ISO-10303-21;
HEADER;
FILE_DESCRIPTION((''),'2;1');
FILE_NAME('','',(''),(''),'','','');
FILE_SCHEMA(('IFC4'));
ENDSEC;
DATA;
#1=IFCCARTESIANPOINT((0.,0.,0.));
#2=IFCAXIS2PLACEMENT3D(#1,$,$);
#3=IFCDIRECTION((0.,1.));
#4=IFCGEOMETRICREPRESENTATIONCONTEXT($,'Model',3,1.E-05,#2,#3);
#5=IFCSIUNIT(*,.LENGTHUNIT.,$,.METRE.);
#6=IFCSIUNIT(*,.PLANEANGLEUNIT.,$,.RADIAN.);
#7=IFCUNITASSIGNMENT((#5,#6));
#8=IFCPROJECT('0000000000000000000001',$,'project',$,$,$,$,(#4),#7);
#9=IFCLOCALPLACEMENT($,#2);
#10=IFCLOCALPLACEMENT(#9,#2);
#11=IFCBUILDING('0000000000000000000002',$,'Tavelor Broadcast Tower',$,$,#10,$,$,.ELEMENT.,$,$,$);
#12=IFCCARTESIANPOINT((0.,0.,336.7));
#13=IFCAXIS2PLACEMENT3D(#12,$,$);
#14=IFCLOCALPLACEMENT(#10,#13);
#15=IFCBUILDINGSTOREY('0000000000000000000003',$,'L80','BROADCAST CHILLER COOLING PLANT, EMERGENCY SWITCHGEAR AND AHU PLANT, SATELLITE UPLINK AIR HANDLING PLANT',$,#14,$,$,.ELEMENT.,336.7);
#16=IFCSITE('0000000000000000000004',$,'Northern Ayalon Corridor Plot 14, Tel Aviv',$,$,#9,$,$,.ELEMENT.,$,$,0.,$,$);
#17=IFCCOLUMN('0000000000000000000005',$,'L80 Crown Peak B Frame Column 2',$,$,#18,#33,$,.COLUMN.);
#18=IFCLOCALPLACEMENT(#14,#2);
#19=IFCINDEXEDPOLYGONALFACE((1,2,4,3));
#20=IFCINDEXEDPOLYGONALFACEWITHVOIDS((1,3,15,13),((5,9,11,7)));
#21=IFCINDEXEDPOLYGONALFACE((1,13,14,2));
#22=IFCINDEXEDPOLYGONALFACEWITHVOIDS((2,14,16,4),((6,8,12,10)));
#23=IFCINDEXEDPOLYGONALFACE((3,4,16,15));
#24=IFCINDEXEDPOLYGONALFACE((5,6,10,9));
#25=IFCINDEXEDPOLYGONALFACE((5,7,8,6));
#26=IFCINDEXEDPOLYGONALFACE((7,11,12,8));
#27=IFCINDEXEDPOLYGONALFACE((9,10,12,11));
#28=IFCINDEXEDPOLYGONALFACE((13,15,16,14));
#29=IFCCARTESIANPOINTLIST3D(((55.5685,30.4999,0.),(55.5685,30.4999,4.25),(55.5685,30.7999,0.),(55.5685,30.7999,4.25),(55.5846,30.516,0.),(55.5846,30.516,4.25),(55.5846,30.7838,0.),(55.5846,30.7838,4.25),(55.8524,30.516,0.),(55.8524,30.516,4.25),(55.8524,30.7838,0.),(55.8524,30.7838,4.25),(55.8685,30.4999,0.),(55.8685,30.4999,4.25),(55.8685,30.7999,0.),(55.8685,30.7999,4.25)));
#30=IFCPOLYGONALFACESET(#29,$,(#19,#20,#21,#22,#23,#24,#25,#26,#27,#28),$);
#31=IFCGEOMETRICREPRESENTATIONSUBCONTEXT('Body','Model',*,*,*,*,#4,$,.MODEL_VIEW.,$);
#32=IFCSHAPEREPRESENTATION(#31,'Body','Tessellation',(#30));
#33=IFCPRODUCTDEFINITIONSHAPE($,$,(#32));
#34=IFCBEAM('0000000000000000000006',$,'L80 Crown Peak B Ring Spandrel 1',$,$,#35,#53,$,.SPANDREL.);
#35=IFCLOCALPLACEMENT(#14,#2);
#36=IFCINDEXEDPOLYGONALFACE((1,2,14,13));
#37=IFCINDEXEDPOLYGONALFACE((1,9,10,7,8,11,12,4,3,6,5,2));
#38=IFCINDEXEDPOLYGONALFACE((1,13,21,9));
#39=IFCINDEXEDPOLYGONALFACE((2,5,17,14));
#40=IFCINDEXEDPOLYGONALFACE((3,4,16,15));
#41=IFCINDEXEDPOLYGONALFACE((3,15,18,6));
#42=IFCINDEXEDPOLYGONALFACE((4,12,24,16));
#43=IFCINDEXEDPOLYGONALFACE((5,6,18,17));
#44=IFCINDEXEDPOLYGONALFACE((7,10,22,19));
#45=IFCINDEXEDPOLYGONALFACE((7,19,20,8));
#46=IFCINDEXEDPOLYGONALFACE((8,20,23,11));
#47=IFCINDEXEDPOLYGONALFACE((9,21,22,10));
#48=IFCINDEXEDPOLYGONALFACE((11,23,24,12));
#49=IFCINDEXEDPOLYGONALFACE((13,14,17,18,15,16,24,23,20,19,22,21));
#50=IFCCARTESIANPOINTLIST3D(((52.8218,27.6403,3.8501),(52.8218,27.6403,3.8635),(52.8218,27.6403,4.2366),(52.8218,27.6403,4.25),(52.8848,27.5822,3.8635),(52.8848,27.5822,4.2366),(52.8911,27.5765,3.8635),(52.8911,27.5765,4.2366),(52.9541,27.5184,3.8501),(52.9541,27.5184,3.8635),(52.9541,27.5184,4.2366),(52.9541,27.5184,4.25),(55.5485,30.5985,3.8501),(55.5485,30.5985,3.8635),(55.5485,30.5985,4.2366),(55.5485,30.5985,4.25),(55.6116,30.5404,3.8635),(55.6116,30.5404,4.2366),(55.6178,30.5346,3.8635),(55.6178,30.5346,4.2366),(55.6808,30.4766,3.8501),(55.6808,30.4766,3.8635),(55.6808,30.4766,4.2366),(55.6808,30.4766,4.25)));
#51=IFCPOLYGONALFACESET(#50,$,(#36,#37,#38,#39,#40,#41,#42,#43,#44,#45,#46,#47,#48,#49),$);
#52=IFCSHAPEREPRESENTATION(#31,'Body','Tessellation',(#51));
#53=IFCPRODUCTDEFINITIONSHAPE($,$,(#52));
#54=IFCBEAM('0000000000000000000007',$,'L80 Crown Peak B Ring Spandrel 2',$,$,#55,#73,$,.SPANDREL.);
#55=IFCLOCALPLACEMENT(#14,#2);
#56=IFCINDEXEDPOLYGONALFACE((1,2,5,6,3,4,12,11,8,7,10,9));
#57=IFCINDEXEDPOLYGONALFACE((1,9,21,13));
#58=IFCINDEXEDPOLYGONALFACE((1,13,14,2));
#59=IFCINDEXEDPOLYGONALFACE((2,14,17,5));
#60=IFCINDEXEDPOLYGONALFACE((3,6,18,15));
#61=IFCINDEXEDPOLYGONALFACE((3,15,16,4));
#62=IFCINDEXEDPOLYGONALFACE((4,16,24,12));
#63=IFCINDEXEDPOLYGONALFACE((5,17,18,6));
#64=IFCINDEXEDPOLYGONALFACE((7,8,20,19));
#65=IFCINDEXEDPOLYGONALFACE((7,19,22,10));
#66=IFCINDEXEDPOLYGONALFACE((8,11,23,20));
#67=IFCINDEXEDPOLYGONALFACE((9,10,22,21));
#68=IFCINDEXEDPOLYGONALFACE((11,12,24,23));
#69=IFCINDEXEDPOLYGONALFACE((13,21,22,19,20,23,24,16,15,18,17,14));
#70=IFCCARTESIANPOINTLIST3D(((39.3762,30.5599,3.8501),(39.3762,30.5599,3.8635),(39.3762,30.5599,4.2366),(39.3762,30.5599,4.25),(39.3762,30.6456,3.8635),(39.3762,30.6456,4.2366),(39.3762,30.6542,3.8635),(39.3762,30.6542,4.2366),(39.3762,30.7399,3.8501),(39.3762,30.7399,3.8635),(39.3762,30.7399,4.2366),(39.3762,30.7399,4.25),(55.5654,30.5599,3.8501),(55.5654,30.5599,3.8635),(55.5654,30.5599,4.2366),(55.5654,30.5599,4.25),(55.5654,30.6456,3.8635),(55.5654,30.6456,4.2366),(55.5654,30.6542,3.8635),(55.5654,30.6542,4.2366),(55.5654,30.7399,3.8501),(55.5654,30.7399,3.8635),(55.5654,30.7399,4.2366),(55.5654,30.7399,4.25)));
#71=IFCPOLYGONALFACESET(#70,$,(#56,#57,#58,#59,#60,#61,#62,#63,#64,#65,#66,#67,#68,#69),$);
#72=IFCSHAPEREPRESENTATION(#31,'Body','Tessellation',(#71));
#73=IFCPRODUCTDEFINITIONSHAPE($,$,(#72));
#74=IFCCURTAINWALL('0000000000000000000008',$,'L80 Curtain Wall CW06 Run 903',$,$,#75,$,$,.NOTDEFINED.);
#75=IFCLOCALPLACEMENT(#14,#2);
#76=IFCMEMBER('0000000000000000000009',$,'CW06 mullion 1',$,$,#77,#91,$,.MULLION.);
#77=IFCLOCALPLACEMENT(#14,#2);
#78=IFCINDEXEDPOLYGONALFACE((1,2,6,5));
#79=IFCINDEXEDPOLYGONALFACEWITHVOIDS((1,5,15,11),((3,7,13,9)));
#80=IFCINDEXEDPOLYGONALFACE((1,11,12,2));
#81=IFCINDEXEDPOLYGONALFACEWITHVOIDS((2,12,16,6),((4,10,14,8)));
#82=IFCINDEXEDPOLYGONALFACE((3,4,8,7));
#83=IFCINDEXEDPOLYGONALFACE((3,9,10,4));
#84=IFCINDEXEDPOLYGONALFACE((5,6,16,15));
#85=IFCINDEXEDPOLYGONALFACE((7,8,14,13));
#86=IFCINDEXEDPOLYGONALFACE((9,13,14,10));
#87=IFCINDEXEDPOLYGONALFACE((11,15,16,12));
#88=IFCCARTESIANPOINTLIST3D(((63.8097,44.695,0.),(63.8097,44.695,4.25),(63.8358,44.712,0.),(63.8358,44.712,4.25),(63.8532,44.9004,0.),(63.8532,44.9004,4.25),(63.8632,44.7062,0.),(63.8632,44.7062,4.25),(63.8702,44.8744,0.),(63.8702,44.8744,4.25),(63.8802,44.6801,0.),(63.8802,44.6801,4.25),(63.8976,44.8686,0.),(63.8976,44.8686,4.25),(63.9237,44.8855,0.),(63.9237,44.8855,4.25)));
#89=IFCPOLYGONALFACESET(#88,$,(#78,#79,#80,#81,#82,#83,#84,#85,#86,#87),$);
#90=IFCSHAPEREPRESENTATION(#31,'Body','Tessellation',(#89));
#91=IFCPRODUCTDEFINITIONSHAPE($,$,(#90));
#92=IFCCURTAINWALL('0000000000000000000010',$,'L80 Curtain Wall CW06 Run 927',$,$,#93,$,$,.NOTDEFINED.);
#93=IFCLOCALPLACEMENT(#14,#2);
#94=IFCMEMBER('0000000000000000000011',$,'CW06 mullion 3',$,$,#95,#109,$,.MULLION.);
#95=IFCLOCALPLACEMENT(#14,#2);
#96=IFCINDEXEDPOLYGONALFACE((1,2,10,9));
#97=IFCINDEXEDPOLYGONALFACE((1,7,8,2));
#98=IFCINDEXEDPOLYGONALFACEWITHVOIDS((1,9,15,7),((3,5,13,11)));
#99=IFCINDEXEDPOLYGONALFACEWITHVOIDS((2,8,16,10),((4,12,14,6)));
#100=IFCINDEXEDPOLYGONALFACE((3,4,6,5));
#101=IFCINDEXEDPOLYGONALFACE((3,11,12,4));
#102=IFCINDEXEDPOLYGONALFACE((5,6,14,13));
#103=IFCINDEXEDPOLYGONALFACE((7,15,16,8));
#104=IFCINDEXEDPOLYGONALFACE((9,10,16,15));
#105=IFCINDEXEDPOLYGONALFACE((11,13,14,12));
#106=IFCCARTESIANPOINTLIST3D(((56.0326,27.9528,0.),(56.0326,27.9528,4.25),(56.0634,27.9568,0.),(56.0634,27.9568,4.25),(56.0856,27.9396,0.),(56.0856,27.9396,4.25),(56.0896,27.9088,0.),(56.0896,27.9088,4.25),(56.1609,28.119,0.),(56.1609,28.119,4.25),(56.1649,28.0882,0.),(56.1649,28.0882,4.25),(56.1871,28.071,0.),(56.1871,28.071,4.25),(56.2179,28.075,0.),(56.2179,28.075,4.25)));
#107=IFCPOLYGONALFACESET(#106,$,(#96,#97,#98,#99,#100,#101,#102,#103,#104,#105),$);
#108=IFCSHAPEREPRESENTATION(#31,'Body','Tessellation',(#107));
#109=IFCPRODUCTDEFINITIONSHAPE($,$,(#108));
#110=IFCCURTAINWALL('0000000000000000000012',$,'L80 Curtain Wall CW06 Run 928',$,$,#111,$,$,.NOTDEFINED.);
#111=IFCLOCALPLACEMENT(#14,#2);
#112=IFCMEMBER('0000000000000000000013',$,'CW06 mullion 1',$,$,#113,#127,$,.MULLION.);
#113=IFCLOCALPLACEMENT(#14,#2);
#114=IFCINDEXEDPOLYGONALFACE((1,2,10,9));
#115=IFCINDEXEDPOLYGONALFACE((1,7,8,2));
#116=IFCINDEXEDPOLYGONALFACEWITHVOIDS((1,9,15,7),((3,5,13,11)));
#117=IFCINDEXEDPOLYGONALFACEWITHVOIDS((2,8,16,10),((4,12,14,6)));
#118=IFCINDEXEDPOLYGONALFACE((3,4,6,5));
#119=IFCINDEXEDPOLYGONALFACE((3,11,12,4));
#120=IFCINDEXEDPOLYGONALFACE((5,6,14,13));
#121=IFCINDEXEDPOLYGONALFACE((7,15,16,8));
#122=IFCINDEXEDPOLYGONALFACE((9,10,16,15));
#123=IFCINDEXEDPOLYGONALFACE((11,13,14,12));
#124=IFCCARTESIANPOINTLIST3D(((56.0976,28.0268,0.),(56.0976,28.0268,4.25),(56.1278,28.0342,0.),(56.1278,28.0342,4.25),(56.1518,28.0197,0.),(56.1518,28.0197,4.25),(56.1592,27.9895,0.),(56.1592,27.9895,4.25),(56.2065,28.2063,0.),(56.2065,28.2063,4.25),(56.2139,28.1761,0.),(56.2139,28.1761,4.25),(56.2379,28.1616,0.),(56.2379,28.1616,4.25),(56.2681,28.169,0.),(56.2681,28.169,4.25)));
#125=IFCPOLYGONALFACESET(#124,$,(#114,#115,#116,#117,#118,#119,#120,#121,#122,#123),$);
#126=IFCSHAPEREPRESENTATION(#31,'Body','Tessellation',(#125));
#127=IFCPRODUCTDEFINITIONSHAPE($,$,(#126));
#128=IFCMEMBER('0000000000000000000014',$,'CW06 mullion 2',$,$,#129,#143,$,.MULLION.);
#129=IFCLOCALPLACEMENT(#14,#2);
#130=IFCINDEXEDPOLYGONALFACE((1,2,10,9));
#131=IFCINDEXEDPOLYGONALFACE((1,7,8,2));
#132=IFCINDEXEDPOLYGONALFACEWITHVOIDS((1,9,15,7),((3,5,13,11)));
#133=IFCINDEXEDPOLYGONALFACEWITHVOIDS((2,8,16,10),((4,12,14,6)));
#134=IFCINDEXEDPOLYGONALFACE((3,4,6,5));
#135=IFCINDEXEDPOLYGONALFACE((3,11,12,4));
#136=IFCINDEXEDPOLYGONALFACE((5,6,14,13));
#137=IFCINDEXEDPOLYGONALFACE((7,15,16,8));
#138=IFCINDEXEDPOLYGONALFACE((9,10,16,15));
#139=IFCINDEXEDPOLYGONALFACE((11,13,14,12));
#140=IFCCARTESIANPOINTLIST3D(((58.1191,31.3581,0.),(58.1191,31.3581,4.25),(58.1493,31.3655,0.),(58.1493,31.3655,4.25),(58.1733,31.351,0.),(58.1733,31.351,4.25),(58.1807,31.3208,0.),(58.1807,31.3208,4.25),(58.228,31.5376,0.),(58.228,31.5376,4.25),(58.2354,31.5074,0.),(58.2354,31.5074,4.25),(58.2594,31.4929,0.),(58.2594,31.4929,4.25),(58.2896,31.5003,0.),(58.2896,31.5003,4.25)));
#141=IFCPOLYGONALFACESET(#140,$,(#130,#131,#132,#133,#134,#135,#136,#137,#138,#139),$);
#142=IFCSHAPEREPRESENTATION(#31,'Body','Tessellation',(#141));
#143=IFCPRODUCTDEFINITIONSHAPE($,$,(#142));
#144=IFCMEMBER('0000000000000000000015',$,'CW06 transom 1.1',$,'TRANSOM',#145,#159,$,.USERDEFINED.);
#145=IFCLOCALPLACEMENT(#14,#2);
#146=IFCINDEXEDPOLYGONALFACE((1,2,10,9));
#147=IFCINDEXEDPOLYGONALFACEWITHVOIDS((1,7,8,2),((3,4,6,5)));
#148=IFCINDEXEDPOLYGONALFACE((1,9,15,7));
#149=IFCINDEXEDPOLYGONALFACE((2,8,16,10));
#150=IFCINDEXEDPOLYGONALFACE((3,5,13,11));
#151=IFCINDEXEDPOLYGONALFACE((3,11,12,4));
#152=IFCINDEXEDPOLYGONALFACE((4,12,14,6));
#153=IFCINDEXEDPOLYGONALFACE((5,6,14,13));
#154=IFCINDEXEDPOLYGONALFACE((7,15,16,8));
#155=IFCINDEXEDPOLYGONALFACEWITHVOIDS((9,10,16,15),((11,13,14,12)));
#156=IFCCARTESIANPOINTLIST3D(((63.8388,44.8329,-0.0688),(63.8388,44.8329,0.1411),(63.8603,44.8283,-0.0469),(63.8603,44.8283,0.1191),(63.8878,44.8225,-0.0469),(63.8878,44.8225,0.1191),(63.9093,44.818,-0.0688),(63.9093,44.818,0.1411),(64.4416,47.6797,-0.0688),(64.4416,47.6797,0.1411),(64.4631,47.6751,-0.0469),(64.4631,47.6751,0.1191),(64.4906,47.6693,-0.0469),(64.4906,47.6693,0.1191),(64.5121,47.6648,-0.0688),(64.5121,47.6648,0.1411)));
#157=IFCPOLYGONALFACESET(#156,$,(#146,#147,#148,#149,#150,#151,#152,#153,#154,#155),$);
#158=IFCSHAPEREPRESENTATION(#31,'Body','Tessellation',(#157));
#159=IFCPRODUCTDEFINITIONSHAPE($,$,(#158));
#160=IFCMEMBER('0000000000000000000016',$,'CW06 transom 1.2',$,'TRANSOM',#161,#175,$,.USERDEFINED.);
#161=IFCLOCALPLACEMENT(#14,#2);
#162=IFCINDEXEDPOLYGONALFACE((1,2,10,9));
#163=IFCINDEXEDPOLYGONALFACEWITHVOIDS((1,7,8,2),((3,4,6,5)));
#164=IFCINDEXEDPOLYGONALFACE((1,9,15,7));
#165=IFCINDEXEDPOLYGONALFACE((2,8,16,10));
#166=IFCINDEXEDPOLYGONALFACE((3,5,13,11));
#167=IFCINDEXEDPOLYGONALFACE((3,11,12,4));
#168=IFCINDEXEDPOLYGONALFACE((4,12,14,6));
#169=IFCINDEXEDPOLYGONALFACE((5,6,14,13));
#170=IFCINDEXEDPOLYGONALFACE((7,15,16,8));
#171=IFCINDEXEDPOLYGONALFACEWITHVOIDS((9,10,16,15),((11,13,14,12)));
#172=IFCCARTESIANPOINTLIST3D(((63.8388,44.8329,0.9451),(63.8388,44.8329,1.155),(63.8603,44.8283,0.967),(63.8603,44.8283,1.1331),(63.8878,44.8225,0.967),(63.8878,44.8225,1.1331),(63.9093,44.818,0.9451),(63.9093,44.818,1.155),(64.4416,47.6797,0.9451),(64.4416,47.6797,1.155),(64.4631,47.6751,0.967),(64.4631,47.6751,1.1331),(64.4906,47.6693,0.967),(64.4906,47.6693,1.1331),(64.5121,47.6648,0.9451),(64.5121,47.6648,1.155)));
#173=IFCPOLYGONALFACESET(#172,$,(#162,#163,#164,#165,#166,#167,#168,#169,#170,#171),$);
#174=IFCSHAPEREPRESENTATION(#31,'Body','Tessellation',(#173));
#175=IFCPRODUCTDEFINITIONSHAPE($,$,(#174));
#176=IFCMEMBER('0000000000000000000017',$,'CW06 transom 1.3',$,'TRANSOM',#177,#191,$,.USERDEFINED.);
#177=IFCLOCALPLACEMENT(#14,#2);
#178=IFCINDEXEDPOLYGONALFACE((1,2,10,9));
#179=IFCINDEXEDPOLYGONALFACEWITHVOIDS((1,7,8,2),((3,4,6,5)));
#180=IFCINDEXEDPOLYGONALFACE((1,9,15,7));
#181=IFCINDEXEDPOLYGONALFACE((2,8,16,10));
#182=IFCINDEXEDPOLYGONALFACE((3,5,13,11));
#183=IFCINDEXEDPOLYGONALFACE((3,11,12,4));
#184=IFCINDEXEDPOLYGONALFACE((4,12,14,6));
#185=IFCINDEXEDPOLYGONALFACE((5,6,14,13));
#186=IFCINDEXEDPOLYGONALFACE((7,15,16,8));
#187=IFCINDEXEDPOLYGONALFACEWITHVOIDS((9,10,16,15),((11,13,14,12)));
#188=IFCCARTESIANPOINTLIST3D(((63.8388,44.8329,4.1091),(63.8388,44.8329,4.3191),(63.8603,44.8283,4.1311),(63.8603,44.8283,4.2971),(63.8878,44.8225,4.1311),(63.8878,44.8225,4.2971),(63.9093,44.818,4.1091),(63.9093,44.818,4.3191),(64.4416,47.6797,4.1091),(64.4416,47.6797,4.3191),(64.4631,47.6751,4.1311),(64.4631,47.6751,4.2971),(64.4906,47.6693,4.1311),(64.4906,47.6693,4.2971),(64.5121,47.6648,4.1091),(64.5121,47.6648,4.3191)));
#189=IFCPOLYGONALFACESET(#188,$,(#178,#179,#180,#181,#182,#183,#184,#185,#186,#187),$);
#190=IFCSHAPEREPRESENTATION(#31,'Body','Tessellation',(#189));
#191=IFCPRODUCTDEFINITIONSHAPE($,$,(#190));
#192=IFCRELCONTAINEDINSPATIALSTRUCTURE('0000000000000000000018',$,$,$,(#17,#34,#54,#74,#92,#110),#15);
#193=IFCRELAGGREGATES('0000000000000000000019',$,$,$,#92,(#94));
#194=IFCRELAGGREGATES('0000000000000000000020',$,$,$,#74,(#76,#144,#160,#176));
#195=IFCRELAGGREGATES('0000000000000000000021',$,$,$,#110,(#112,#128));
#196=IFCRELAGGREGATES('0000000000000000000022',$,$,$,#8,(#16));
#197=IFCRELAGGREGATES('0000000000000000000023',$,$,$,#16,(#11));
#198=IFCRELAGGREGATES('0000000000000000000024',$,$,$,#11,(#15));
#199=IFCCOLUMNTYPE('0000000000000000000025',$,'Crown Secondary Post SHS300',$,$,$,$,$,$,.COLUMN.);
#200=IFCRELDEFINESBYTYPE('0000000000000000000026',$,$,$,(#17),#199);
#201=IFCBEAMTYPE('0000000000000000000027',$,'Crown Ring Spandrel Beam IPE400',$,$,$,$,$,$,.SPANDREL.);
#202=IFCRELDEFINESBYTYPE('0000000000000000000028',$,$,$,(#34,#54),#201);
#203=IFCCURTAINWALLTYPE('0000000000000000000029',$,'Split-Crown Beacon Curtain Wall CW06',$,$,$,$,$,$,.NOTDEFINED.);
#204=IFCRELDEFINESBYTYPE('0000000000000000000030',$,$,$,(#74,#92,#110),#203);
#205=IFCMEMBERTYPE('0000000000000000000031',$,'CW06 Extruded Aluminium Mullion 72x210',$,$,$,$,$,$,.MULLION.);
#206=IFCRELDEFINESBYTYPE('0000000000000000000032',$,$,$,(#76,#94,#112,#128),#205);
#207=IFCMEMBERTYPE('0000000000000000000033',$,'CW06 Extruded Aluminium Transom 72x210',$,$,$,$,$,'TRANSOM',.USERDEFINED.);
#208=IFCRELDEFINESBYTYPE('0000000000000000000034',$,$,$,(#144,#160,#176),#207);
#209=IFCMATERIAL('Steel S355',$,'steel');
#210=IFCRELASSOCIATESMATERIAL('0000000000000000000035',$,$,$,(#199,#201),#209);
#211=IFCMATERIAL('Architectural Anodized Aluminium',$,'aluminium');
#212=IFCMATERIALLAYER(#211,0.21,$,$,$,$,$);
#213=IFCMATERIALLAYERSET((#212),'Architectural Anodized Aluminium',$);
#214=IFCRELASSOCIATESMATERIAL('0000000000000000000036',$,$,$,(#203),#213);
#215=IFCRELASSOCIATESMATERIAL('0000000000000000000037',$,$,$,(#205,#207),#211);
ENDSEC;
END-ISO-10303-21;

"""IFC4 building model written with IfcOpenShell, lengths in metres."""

from ifc_helpers import new_model, si_unit, direction, frame, origin, origin_2d, place, context, subcontext, project, spatial, hollow_rectangle, i_section, extrude, source, transform, mapped, material, layer, layer_set, material_profile, profile_set, type_object, type_shapes, element, aggregate, save


model = new_model("IFC4")

# Units and contexts
model_context = context("Model", 3, precision=1e-05, world=origin(), true_north=direction((0.0, 1.0)))
body_context = subcontext(model_context, "Body", "Model", "MODEL_VIEW")
ifc_project = project(units=[si_unit("LENGTHUNIT", "METRE"), si_unit("PLANEANGLEUNIT", "RADIAN")], contexts=[model_context])

# Site, building, storey
site_placement = place(None, origin())
site = spatial("IfcSite", under=ifc_project, at=site_placement, Name="Northern Ayalon Corridor Plot 14, Tel Aviv", CompositionType="ELEMENT", RefElevation=0.0)
building_placement = place(site_placement, origin())
building = spatial("IfcBuilding", under=site, at=building_placement, Name="Tavelor Broadcast Tower", CompositionType="ELEMENT")
storey_placement = place(building_placement, frame((0.0, 0.0, 336.7)))
storey = spatial("IfcBuildingStorey", under=building, at=storey_placement, Name="L80", Description="BROADCAST CHILLER COOLING PLANT, EMERGENCY SWITCHGEAR AND AHU PLANT, SATELLITE UPLINK AIR HANDLING PLANT", CompositionType="ELEMENT", Elevation=336.7)

# Column
ifc_material_1 = material(Name="Steel S355", Category="steel")
ifc_material_profile_1 = material_profile(ifc_material_1, hollow_rectangle(XDim=0.3, YDim=0.3, WallThickness=0.0161, at=origin_2d()), Name="SHS 300x300x16")
ifc_profile_set_1 = profile_set([ifc_material_profile_1], Name="Steel S355")
column_type = type_object("IfcColumnType", Name="Crown Secondary Post SHS300", PredefinedType="COLUMN", material=ifc_profile_set_1)
column_placement = place(storey_placement, frame((55.7185, 30.6499, 0.0), z_axis=(0.0, 0.0, 1.0), x_axis=(1.0, 0.0, 0.0)))
element("IfcColumn", 1, at=column_placement, inside=storey, type_object=column_type, Name="L80 Crown Peak B Frame Column 2", PredefinedType="COLUMN", context=body_context, shape_type="SweptSolid", body=[
    extrude(hollow_rectangle(XDim=0.3, YDim=0.3, WallThickness=0.0161, at=origin_2d()), origin(), (0.0, 0.0, 1.0), 4.25),
])

# Beams
ifc_material_profile_2 = material_profile(ifc_material_1, i_section(OverallWidth=0.1799, OverallDepth=0.3999, WebThickness=0.0085, FlangeThickness=0.0134, at=origin_2d()), Name="IPE 400")
ifc_profile_set_2 = profile_set([ifc_material_profile_2], Name="Steel S355")
beam_type = type_object("IfcBeamType", Name="Crown Ring Spandrel Beam IPE400", PredefinedType="SPANDREL", material=ifc_profile_set_2)
beam_1_placement = place(storey_placement, frame((52.8879, 27.5793, 4.05), z_axis=(0.677758, 0.735285, 0.0), x_axis=(-0.735285, 0.677758, 0.0)))
element("IfcBeam", 2, at=beam_1_placement, inside=storey, type_object=beam_type, Name="L80 Crown Peak B Ring Spandrel 1", PredefinedType="SPANDREL", context=body_context, shape_type="SweptSolid", body=[
    extrude(i_section(OverallWidth=0.1799, OverallDepth=0.3999, WebThickness=0.0085, FlangeThickness=0.0134, at=origin_2d()), origin(), (0.0, 0.0, 1.0), 4.0232),
])
beam_2_placement = place(storey_placement, frame((55.5654, 30.6499, 4.05), z_axis=(-1.0, 0.0, 0.0), x_axis=(0.0, -1.0, 0.0)))
element("IfcBeam", 3, at=beam_2_placement, inside=storey, type_object=beam_type, Name="L80 Crown Peak B Ring Spandrel 2", PredefinedType="SPANDREL", context=body_context, shape_type="SweptSolid", body=[
    extrude(i_section(OverallWidth=0.1799, OverallDepth=0.3999, WebThickness=0.0085, FlangeThickness=0.0134, at=origin_2d()), origin(), (0.0, 0.0, 1.0), 16.1892),
])

# Curtain walls, members
ifc_material_2 = material(Name="Architectural Anodized Aluminium", Category="aluminium")
ifc_layer_1 = layer(ifc_material_2, 0.21)
ifc_layer_set_1 = layer_set([ifc_layer_1], Name="Architectural Anodized Aluminium")
curtain_wall_type = type_object("IfcCurtainWallType", Name="Split-Crown Beacon Curtain Wall CW06", PredefinedType="NOTDEFINED", material=ifc_layer_set_1)
curtain_wall_1_placement = place(storey_placement, origin())
curtain_wall_1 = element("IfcCurtainWall", 4, at=curtain_wall_1_placement, inside=storey, type_object=curtain_wall_type, Name="L80 Curtain Wall CW06 Run 903", PredefinedType="NOTDEFINED")
ifc_material_profile_3 = material_profile(ifc_material_2, hollow_rectangle(XDim=0.072, YDim=0.21, WallThickness=0.022, at=origin_2d()), Name="RHS 72x210x22")
ifc_profile_set_3 = profile_set([ifc_material_profile_3], Name="Architectural Anodized Aluminium")
member_type_1 = type_object("IfcMemberType", Name="CW06 Extruded Aluminium Mullion 72x210", PredefinedType="MULLION", material=ifc_profile_set_3)
shared_shape_1 = source(origin(), body_context, "Body", "SweptSolid", [
    extrude(hollow_rectangle(XDim=0.072, YDim=0.21, WallThickness=0.022, at=origin_2d()), origin(), (0.0, 0.0, 1.0), 4.25),
])
type_shapes(member_type_1, [shared_shape_1])
member_1_placement = place(storey_placement, frame((63.8667, 44.7903, 0.0), z_axis=(0.0, 0.0, 1.0), x_axis=(-0.97832, 0.2071, 0.0)))
member_1 = element("IfcMember", 5, at=member_1_placement, type_object=member_type_1, Name="CW06 mullion 1", PredefinedType="MULLION", context=body_context, shape_type="MappedRepresentation", body=[
    mapped(shared_shape_1, transform((0.0, 0.0, 0.0), scale=1.0)),
])
curtain_wall_2_placement = place(storey_placement, origin())
curtain_wall_2 = element("IfcCurtainWall", 6, at=curtain_wall_2_placement, inside=storey, type_object=curtain_wall_type, Name="L80 Curtain Wall CW06 Run 927", PredefinedType="NOTDEFINED")
member_2_placement = place(storey_placement, frame((56.1252, 28.0139, 0.0), z_axis=(0.0, 0.0, 1.0), x_axis=(-0.791434, 0.611255, 0.0)))
member_2 = element("IfcMember", 7, at=member_2_placement, type_object=member_type_1, Name="CW06 mullion 3", PredefinedType="MULLION", context=body_context, shape_type="MappedRepresentation", body=[
    mapped(shared_shape_1, transform((0.0, 0.0, 0.0), scale=1.0)),
])
aggregate(curtain_wall_2, [member_2])

# Curtain wall, members
curtain_wall_3_placement = place(storey_placement, origin())
curtain_wall_3 = element("IfcCurtainWall", 8, at=curtain_wall_3_placement, inside=storey, type_object=curtain_wall_type, Name="L80 Curtain Wall CW06 Run 928", PredefinedType="NOTDEFINED")
member_3_placement = place(storey_placement, frame((56.1829, 28.0979, 0.0), z_axis=(0.0, 0.0, 1.0), x_axis=(-0.85493, 0.518743, 0.0)))
member_3 = element("IfcMember", 9, at=member_3_placement, type_object=member_type_1, Name="CW06 mullion 1", PredefinedType="MULLION", context=body_context, shape_type="MappedRepresentation", body=[
    mapped(shared_shape_1, transform((0.0, 0.0, 0.0), scale=1.0)),
])
member_4_placement = place(storey_placement, frame((58.2043, 31.4292, 0.0), z_axis=(0.0, 0.0, 1.0), x_axis=(-0.85493, 0.518743, 0.0)))
member_4 = element("IfcMember", 10, at=member_4_placement, type_object=member_type_1, Name="CW06 mullion 2", PredefinedType="MULLION", context=body_context, shape_type="MappedRepresentation", body=[
    mapped(shared_shape_1, transform((0.0, 0.0, 0.0), scale=1.0)),
])

# Members
ifc_material_profile_4 = material_profile(ifc_material_2, hollow_rectangle(XDim=0.072, YDim=0.21, WallThickness=0.022, at=origin_2d()), Name="RHS 72x210x22")
ifc_profile_set_4 = profile_set([ifc_material_profile_4], Name="Architectural Anodized Aluminium")
member_type_2 = type_object("IfcMemberType", Name="CW06 Extruded Aluminium Transom 72x210", ElementType="TRANSOM", PredefinedType="USERDEFINED", material=ifc_profile_set_4)
shared_shape_2 = source(origin(), body_context, "Body", "SweptSolid", [
    extrude(hollow_rectangle(XDim=0.072, YDim=0.21, WallThickness=0.022, at=origin_2d()), origin(), (0.0, 0.0, 1.0), 2.9099),
])
member_5_placement = place(storey_placement, frame((63.874, 44.8254, 0.0361), z_axis=(0.207156, 0.978308, 0.0), x_axis=(-0.978308, 0.207156, 0.0)))
member_5 = element("IfcMember", 11, at=member_5_placement, type_object=member_type_2, Name="CW06 transom 1.1", ObjectType="TRANSOM", PredefinedType="USERDEFINED", context=body_context, shape_type="MappedRepresentation", body=[
    mapped(shared_shape_2, transform((0.0, 0.0, 0.0), scale=1.0)),
])
member_6_placement = place(storey_placement, frame((63.874, 44.8254, 1.05), z_axis=(0.207156, 0.978308, 0.0), x_axis=(-0.978308, 0.207156, 0.0)))
member_6 = element("IfcMember", 12, at=member_6_placement, type_object=member_type_2, Name="CW06 transom 1.2", ObjectType="TRANSOM", PredefinedType="USERDEFINED", context=body_context, shape_type="MappedRepresentation", body=[
    mapped(shared_shape_2, transform((0.0, 0.0, 0.0), scale=1.0)),
])
member_7_placement = place(storey_placement, frame((63.874, 44.8254, 4.2141), z_axis=(0.207156, 0.978308, 0.0), x_axis=(-0.978308, 0.207156, 0.0)))
member_7 = element("IfcMember", 13, at=member_7_placement, type_object=member_type_2, Name="CW06 transom 1.3", ObjectType="TRANSOM", PredefinedType="USERDEFINED", context=body_context, shape_type="MappedRepresentation", body=[
    mapped(shared_shape_2, transform((0.0, 0.0, 0.0), scale=1.0)),
])
aggregate(curtain_wall_1, [member_1, member_5, member_6, member_7])

aggregate(curtain_wall_3, [member_3, member_4])

save(model, "model.ifc")
